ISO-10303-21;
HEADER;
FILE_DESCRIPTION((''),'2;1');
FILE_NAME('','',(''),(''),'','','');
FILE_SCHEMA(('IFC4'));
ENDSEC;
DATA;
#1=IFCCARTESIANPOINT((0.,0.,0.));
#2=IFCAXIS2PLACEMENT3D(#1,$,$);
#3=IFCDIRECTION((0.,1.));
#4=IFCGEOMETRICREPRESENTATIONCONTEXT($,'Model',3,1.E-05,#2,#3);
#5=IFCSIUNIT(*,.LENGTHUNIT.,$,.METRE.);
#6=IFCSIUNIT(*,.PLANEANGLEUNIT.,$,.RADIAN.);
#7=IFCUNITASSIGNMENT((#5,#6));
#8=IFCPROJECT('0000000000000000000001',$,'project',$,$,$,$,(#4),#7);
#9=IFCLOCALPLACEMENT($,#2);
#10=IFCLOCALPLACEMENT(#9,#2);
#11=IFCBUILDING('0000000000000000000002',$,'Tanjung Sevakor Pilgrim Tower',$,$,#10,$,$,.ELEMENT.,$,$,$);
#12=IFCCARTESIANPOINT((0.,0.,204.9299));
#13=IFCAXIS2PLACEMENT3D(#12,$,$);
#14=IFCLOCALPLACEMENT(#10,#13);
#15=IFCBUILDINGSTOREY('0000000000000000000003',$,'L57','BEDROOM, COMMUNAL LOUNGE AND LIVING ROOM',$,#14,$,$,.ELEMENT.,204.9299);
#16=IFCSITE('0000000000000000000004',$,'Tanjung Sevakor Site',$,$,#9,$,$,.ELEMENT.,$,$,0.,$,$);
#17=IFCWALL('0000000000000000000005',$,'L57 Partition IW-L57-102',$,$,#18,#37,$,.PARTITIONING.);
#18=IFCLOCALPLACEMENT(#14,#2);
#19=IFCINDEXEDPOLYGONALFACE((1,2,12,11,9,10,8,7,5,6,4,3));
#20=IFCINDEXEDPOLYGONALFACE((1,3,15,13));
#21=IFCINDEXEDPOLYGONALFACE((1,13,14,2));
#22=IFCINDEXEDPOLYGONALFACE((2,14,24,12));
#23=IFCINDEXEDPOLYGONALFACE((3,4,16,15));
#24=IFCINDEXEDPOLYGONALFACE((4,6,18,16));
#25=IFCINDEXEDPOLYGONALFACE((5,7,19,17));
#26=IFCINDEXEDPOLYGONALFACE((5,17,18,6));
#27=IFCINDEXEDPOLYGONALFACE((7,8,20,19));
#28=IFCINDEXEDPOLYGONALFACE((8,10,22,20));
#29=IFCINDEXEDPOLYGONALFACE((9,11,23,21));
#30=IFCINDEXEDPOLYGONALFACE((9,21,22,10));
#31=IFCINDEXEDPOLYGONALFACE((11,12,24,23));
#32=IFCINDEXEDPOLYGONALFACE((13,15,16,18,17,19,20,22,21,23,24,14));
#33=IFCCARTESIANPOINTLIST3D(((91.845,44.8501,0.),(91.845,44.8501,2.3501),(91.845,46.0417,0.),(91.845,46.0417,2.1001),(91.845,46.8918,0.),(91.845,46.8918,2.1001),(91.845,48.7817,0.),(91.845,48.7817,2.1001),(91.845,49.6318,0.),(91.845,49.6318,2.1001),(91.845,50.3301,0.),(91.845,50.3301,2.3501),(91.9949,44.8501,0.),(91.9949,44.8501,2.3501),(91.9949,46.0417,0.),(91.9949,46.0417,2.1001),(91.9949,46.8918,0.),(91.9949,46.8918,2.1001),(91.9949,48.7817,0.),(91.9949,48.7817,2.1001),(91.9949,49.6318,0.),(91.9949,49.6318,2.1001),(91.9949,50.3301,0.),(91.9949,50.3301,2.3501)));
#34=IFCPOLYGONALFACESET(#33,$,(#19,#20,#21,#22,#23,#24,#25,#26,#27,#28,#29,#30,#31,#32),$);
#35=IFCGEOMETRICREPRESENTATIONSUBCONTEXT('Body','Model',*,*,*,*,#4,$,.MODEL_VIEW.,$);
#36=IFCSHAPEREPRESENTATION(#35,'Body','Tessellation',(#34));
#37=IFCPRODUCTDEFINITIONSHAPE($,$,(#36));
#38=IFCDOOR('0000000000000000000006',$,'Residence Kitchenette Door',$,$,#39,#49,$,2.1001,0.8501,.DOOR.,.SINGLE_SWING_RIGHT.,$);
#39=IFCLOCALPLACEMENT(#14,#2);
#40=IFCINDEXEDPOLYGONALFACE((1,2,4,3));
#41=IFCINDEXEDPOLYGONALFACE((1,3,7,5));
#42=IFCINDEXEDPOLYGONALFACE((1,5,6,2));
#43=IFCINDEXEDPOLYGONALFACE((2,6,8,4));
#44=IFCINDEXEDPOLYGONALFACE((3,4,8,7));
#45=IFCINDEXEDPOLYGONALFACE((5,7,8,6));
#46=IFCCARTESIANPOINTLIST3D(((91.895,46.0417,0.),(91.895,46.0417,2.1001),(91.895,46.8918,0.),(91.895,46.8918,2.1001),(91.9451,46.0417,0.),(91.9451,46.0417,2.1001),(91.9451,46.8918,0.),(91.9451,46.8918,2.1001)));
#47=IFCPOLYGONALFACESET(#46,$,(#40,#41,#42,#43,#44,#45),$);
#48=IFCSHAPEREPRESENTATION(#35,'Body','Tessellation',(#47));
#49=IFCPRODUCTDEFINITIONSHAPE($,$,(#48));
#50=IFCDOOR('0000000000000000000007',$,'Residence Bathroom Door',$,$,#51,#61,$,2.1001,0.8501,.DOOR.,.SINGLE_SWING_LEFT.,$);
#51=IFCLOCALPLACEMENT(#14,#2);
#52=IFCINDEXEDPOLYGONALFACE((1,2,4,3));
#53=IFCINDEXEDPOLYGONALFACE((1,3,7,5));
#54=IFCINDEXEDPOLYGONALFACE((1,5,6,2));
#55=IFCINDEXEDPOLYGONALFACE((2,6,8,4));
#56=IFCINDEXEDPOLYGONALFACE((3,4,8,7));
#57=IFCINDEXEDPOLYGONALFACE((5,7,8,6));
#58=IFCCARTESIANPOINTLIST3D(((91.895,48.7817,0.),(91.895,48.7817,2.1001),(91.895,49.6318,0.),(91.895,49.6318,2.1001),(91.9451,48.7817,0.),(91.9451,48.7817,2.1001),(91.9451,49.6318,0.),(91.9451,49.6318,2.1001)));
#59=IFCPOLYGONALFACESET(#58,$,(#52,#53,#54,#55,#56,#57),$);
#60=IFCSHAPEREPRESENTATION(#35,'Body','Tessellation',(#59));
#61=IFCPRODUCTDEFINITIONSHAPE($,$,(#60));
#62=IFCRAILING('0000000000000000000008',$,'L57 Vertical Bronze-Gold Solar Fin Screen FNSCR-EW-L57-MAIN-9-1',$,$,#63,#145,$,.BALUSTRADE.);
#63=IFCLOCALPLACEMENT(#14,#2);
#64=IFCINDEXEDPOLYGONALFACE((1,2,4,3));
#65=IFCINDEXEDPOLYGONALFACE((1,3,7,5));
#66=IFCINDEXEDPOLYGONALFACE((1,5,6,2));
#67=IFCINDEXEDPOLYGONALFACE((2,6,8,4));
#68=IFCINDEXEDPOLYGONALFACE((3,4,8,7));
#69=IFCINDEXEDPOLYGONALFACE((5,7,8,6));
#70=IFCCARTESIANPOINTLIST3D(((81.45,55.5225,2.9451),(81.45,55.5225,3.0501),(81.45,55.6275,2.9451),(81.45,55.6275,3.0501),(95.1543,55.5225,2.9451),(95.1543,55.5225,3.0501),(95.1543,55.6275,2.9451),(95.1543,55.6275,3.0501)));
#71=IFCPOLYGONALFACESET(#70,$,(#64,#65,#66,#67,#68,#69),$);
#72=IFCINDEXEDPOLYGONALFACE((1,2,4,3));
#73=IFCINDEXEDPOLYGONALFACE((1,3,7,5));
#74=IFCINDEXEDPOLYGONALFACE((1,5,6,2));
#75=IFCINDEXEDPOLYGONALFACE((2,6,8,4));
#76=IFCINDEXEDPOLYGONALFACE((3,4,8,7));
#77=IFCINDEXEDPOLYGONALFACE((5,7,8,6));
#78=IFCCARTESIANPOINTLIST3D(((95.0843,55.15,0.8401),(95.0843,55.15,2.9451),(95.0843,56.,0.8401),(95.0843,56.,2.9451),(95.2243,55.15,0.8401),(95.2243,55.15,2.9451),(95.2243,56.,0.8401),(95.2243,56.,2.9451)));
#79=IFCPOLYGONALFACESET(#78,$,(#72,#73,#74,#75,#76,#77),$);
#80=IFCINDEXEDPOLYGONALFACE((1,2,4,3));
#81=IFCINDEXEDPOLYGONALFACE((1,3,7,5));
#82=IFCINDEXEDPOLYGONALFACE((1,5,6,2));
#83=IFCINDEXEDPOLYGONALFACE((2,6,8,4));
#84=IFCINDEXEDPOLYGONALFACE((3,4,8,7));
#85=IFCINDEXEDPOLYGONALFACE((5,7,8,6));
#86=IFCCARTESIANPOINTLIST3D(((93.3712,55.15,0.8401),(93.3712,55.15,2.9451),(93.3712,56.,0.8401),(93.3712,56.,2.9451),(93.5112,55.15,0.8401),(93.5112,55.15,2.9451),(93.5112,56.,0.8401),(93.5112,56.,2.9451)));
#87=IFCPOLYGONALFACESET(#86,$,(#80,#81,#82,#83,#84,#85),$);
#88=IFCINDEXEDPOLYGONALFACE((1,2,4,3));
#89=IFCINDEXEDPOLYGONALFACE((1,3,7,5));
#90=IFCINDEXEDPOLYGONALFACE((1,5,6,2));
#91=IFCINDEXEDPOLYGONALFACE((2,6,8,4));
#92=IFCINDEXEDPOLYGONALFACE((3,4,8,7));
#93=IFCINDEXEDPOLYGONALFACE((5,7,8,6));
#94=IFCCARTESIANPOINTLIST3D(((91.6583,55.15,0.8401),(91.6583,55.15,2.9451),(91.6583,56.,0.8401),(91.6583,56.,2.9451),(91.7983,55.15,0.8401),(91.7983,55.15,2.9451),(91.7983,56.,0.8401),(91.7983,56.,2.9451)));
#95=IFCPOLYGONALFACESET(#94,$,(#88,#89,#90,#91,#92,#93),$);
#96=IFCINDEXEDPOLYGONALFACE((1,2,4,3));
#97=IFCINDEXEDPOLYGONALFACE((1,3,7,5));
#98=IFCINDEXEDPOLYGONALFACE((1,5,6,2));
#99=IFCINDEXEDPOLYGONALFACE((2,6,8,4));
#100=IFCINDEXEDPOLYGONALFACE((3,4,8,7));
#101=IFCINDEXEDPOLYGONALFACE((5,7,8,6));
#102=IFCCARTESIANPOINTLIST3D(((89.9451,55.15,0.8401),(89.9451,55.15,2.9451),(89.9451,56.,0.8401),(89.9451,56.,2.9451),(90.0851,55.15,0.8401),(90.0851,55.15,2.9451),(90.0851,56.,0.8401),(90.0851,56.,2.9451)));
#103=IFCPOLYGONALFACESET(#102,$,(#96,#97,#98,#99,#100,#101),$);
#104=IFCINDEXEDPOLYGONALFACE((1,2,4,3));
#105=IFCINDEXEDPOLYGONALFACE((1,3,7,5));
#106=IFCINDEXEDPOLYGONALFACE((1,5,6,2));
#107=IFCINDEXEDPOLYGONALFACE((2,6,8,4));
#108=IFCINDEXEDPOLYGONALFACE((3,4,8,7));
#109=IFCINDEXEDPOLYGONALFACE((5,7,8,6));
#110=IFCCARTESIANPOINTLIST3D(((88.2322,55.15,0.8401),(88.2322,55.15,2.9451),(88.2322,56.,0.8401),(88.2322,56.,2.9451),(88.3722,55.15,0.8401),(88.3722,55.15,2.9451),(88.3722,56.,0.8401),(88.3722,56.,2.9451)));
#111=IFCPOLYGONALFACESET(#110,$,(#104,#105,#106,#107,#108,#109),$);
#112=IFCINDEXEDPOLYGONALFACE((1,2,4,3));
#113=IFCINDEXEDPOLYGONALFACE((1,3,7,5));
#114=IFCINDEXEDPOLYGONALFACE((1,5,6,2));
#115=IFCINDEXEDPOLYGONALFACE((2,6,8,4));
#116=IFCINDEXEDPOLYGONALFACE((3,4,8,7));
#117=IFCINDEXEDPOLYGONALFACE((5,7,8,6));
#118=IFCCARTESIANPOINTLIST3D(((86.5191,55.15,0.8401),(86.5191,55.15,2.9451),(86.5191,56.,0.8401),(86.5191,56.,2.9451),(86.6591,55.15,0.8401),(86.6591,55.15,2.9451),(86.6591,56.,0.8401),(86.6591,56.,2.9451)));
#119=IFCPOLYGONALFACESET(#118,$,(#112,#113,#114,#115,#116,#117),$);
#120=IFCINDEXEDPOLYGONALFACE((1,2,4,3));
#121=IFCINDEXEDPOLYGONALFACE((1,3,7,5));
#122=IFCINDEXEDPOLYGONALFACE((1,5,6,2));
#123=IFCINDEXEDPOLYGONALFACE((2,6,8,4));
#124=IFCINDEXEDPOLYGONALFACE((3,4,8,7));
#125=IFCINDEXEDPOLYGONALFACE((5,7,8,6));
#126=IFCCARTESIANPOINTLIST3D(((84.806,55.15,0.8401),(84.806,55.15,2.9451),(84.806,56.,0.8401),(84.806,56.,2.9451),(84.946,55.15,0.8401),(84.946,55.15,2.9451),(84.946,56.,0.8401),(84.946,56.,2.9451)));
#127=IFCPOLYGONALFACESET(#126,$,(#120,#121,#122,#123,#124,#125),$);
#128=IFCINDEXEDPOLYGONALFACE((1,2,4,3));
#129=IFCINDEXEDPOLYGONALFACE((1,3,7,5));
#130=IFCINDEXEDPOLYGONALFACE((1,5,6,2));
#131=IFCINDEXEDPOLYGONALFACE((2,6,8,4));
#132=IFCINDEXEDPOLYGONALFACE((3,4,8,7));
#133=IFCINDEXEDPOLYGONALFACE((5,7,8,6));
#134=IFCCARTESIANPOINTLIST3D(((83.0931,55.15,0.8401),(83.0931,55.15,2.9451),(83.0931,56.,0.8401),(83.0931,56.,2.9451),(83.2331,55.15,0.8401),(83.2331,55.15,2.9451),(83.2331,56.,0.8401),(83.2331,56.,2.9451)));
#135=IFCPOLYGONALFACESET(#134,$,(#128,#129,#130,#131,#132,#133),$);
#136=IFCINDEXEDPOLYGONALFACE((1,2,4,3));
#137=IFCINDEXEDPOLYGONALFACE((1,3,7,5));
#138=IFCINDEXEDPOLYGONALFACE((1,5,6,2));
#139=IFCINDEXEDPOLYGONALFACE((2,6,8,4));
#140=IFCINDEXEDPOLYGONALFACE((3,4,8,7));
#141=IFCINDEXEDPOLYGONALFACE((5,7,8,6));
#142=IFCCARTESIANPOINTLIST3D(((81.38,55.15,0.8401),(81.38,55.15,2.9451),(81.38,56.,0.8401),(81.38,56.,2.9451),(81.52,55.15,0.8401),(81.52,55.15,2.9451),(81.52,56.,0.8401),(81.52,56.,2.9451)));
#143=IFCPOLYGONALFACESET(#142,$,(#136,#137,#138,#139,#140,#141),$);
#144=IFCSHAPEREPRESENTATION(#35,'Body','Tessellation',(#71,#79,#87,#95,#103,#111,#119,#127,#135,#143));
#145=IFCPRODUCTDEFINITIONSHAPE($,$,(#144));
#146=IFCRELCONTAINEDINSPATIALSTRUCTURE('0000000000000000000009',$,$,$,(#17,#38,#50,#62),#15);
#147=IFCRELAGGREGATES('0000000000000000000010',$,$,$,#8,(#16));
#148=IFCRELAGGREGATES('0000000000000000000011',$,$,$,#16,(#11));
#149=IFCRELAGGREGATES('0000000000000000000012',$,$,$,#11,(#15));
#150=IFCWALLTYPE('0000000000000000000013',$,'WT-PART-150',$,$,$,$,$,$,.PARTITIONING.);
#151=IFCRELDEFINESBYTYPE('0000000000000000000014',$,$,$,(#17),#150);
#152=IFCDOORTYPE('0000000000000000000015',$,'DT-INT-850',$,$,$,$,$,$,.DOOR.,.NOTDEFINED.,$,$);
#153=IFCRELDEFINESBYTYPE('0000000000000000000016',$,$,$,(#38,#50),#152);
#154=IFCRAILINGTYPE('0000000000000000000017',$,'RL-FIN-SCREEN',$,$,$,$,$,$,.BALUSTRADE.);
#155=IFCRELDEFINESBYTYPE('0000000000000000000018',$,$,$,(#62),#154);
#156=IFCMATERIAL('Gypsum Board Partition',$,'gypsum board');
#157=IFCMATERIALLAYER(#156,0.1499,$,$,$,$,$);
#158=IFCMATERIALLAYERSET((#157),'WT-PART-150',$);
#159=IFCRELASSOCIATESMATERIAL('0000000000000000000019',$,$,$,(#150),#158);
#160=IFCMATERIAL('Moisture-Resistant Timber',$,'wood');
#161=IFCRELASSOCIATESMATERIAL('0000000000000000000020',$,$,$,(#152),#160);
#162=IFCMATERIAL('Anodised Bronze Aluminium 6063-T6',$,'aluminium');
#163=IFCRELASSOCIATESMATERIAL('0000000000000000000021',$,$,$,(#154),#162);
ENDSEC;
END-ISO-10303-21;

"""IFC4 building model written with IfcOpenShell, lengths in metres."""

from ifc_helpers import new_model, si_unit, direction, frame, frame_2d, origin, place, context, subcontext, project, spatial, rectangle, extrude, material, layer, layer_set, type_object, element, fill, save


model = new_model("IFC4")

# Units and contexts
model_context = context("Model", 3, precision=1e-05, world=origin(), true_north=direction((0.0, 1.0)))
body_context = subcontext(model_context, "Body", "Model", "MODEL_VIEW")
ifc_project = project(units=[si_unit("LENGTHUNIT", "METRE"), si_unit("PLANEANGLEUNIT", "RADIAN")], contexts=[model_context])

# Site, building, storey
site_placement = place(None, origin())
site = spatial("IfcSite", under=ifc_project, at=site_placement, Name="Tanjung Sevakor Site", CompositionType="ELEMENT", RefElevation=0.0)
building_placement = place(site_placement, origin())
building = spatial("IfcBuilding", under=site, at=building_placement, Name="Tanjung Sevakor Pilgrim Tower", CompositionType="ELEMENT")
storey_placement = place(building_placement, frame((0.0, 0.0, 204.9299)))
storey = spatial("IfcBuildingStorey", under=building, at=storey_placement, Name="L57", Description="BEDROOM, COMMUNAL LOUNGE AND LIVING ROOM", CompositionType="ELEMENT", Elevation=204.9299)

# Wall, openings, doors
ifc_material_1 = material(Name="Gypsum Board Partition", Category="gypsum board")
ifc_layer_1 = layer(ifc_material_1, 0.1499)
ifc_layer_set_1 = layer_set([ifc_layer_1], Name="WT-PART-150")
wall_type_1 = type_object("IfcWallType", Name="WT-PART-150", PredefinedType="PARTITIONING", material=ifc_layer_set_1)
wall_1_placement = place(storey_placement, frame((91.9199, 44.8501, 0.0), z_axis=(0.0, 0.0, 1.0), x_axis=(0.0, 1.0, 0.0)))
wall_1 = element("IfcWall", 1, at=wall_1_placement, inside=storey, type_object=wall_type_1, Name="L57 Partition IW-L57-102", PredefinedType="PARTITIONING", context=body_context, shape_type="SweptSolid", body=[
    extrude(rectangle(XDim=5.48, YDim=0.1499, at=frame_2d((2.74, 0.0))), origin(), (0.0, 0.0, 1.0), 2.3501),
])
opening_1_placement = place(wall_1_placement, frame((1.1917, 0.0, 0.0)))
opening_1 = element("IfcOpeningElement", 2, at=opening_1_placement, cuts=wall_1, PredefinedType="OPENING", context=body_context, shape_type="SweptSolid", body=[
    extrude(rectangle(XDim=0.8501, YDim=2.1001, at=frame_2d((0.425, 1.05))), frame((0.0, 0.085, 0.0), z_axis=(0.0, -1.0, 0.0), x_axis=(1.0, 0.0, 0.0)), (0.0, 0.0, 1.0), 0.1699),
])
opening_2_placement = place(wall_1_placement, frame((3.9316, 0.0, 0.0)))
opening_2 = element("IfcOpeningElement", 3, at=opening_2_placement, cuts=wall_1, PredefinedType="OPENING", context=body_context, shape_type="SweptSolid", body=[
    extrude(rectangle(XDim=0.8501, YDim=2.1001, at=frame_2d((0.425, 1.05))), frame((0.0, 0.085, 0.0), z_axis=(0.0, -1.0, 0.0), x_axis=(1.0, 0.0, 0.0)), (0.0, 0.0, 1.0), 0.1699),
])
ifc_material_2 = material(Name="Moisture-Resistant Timber", Category="wood")
door_type_1 = type_object("IfcDoorType", Name="DT-INT-850", OperationType="NOTDEFINED", PredefinedType="DOOR", material=ifc_material_2)
door_1_placement = place(opening_1_placement, origin())
door_1 = element("IfcDoor", 4, at=door_1_placement, inside=storey, type_object=door_type_1, Name="Residence Kitchenette Door", OperationType="SINGLE_SWING_RIGHT", OverallHeight=2.1001, OverallWidth=0.8501, PredefinedType="DOOR", context=body_context, shape_type="SweptSolid", body=[
    extrude(rectangle(XDim=0.8501, YDim=2.1001, at=frame_2d((0.425, 1.05))), frame((0.0, 0.0249, 0.0), z_axis=(0.0, -1.0, 0.0), x_axis=(1.0, 0.0, 0.0)), (0.0, 0.0, 1.0), 0.05),
])
fill(opening_1, door_1)
door_2_placement = place(opening_2_placement, origin())
door_2 = element("IfcDoor", 5, at=door_2_placement, inside=storey, type_object=door_type_1, Name="Residence Bathroom Door", OperationType="SINGLE_SWING_LEFT", OverallHeight=2.1001, OverallWidth=0.8501, PredefinedType="DOOR", context=body_context, shape_type="SweptSolid", body=[
    extrude(rectangle(XDim=0.8501, YDim=2.1001, at=frame_2d((0.425, 1.05))), frame((0.0, 0.0249, 0.0), z_axis=(0.0, -1.0, 0.0), x_axis=(1.0, 0.0, 0.0)), (0.0, 0.0, 1.0), 0.05),
])
fill(opening_2, door_2)

# Railing
ifc_material_3 = material(Name="Anodised Bronze Aluminium 6063-T6", Category="aluminium")
railing_type = type_object("IfcRailingType", Name="RL-FIN-SCREEN", PredefinedType="BALUSTRADE", material=ifc_material_3)
railing_placement = place(storey_placement, frame((95.1543, 55.575, 0.8401)))
element("IfcRailing", 6, at=railing_placement, inside=storey, type_object=railing_type, Name="L57 Vertical Bronze-Gold Solar Fin Screen FNSCR-EW-L57-MAIN-9-1", PredefinedType="BALUSTRADE", context=body_context, shape_type="SweptSolid", body=[
    extrude(rectangle(XDim=0.105, YDim=0.105), frame((0.0, 0.0, 2.1575), z_axis=(-1.0, 0.0, 0.0), x_axis=(0.0, -1.0, 0.0)), (0.0, 0.0, 1.0), 13.7043),
    extrude(rectangle(XDim=0.14, YDim=0.85), origin(), (0.0, 0.0, 1.0), 2.105),
    extrude(rectangle(XDim=0.14, YDim=0.85), frame((-1.7131, 0.0, 0.0)), (0.0, 0.0, 1.0), 2.105),
    extrude(rectangle(XDim=0.14, YDim=0.85), frame((-3.426, 0.0, 0.0)), (0.0, 0.0, 1.0), 2.105),
    extrude(rectangle(XDim=0.14, YDim=0.85), frame((-5.1392, 0.0, 0.0)), (0.0, 0.0, 1.0), 2.105),
    extrude(rectangle(XDim=0.14, YDim=0.85), frame((-6.8521, 0.0, 0.0)), (0.0, 0.0, 1.0), 2.105),
    extrude(rectangle(XDim=0.14, YDim=0.85), frame((-8.5652, 0.0, 0.0)), (0.0, 0.0, 1.0), 2.105),
    extrude(rectangle(XDim=0.14, YDim=0.85), frame((-10.2783, 0.0, 0.0)), (0.0, 0.0, 1.0), 2.105),
    extrude(rectangle(XDim=0.14, YDim=0.85), frame((-11.9912, 0.0, 0.0)), (0.0, 0.0, 1.0), 2.105),
    extrude(rectangle(XDim=0.14, YDim=0.85), frame((-13.7043, 0.0, 0.0)), (0.0, 0.0, 1.0), 2.105),
])

save(model, "model.ifc")
